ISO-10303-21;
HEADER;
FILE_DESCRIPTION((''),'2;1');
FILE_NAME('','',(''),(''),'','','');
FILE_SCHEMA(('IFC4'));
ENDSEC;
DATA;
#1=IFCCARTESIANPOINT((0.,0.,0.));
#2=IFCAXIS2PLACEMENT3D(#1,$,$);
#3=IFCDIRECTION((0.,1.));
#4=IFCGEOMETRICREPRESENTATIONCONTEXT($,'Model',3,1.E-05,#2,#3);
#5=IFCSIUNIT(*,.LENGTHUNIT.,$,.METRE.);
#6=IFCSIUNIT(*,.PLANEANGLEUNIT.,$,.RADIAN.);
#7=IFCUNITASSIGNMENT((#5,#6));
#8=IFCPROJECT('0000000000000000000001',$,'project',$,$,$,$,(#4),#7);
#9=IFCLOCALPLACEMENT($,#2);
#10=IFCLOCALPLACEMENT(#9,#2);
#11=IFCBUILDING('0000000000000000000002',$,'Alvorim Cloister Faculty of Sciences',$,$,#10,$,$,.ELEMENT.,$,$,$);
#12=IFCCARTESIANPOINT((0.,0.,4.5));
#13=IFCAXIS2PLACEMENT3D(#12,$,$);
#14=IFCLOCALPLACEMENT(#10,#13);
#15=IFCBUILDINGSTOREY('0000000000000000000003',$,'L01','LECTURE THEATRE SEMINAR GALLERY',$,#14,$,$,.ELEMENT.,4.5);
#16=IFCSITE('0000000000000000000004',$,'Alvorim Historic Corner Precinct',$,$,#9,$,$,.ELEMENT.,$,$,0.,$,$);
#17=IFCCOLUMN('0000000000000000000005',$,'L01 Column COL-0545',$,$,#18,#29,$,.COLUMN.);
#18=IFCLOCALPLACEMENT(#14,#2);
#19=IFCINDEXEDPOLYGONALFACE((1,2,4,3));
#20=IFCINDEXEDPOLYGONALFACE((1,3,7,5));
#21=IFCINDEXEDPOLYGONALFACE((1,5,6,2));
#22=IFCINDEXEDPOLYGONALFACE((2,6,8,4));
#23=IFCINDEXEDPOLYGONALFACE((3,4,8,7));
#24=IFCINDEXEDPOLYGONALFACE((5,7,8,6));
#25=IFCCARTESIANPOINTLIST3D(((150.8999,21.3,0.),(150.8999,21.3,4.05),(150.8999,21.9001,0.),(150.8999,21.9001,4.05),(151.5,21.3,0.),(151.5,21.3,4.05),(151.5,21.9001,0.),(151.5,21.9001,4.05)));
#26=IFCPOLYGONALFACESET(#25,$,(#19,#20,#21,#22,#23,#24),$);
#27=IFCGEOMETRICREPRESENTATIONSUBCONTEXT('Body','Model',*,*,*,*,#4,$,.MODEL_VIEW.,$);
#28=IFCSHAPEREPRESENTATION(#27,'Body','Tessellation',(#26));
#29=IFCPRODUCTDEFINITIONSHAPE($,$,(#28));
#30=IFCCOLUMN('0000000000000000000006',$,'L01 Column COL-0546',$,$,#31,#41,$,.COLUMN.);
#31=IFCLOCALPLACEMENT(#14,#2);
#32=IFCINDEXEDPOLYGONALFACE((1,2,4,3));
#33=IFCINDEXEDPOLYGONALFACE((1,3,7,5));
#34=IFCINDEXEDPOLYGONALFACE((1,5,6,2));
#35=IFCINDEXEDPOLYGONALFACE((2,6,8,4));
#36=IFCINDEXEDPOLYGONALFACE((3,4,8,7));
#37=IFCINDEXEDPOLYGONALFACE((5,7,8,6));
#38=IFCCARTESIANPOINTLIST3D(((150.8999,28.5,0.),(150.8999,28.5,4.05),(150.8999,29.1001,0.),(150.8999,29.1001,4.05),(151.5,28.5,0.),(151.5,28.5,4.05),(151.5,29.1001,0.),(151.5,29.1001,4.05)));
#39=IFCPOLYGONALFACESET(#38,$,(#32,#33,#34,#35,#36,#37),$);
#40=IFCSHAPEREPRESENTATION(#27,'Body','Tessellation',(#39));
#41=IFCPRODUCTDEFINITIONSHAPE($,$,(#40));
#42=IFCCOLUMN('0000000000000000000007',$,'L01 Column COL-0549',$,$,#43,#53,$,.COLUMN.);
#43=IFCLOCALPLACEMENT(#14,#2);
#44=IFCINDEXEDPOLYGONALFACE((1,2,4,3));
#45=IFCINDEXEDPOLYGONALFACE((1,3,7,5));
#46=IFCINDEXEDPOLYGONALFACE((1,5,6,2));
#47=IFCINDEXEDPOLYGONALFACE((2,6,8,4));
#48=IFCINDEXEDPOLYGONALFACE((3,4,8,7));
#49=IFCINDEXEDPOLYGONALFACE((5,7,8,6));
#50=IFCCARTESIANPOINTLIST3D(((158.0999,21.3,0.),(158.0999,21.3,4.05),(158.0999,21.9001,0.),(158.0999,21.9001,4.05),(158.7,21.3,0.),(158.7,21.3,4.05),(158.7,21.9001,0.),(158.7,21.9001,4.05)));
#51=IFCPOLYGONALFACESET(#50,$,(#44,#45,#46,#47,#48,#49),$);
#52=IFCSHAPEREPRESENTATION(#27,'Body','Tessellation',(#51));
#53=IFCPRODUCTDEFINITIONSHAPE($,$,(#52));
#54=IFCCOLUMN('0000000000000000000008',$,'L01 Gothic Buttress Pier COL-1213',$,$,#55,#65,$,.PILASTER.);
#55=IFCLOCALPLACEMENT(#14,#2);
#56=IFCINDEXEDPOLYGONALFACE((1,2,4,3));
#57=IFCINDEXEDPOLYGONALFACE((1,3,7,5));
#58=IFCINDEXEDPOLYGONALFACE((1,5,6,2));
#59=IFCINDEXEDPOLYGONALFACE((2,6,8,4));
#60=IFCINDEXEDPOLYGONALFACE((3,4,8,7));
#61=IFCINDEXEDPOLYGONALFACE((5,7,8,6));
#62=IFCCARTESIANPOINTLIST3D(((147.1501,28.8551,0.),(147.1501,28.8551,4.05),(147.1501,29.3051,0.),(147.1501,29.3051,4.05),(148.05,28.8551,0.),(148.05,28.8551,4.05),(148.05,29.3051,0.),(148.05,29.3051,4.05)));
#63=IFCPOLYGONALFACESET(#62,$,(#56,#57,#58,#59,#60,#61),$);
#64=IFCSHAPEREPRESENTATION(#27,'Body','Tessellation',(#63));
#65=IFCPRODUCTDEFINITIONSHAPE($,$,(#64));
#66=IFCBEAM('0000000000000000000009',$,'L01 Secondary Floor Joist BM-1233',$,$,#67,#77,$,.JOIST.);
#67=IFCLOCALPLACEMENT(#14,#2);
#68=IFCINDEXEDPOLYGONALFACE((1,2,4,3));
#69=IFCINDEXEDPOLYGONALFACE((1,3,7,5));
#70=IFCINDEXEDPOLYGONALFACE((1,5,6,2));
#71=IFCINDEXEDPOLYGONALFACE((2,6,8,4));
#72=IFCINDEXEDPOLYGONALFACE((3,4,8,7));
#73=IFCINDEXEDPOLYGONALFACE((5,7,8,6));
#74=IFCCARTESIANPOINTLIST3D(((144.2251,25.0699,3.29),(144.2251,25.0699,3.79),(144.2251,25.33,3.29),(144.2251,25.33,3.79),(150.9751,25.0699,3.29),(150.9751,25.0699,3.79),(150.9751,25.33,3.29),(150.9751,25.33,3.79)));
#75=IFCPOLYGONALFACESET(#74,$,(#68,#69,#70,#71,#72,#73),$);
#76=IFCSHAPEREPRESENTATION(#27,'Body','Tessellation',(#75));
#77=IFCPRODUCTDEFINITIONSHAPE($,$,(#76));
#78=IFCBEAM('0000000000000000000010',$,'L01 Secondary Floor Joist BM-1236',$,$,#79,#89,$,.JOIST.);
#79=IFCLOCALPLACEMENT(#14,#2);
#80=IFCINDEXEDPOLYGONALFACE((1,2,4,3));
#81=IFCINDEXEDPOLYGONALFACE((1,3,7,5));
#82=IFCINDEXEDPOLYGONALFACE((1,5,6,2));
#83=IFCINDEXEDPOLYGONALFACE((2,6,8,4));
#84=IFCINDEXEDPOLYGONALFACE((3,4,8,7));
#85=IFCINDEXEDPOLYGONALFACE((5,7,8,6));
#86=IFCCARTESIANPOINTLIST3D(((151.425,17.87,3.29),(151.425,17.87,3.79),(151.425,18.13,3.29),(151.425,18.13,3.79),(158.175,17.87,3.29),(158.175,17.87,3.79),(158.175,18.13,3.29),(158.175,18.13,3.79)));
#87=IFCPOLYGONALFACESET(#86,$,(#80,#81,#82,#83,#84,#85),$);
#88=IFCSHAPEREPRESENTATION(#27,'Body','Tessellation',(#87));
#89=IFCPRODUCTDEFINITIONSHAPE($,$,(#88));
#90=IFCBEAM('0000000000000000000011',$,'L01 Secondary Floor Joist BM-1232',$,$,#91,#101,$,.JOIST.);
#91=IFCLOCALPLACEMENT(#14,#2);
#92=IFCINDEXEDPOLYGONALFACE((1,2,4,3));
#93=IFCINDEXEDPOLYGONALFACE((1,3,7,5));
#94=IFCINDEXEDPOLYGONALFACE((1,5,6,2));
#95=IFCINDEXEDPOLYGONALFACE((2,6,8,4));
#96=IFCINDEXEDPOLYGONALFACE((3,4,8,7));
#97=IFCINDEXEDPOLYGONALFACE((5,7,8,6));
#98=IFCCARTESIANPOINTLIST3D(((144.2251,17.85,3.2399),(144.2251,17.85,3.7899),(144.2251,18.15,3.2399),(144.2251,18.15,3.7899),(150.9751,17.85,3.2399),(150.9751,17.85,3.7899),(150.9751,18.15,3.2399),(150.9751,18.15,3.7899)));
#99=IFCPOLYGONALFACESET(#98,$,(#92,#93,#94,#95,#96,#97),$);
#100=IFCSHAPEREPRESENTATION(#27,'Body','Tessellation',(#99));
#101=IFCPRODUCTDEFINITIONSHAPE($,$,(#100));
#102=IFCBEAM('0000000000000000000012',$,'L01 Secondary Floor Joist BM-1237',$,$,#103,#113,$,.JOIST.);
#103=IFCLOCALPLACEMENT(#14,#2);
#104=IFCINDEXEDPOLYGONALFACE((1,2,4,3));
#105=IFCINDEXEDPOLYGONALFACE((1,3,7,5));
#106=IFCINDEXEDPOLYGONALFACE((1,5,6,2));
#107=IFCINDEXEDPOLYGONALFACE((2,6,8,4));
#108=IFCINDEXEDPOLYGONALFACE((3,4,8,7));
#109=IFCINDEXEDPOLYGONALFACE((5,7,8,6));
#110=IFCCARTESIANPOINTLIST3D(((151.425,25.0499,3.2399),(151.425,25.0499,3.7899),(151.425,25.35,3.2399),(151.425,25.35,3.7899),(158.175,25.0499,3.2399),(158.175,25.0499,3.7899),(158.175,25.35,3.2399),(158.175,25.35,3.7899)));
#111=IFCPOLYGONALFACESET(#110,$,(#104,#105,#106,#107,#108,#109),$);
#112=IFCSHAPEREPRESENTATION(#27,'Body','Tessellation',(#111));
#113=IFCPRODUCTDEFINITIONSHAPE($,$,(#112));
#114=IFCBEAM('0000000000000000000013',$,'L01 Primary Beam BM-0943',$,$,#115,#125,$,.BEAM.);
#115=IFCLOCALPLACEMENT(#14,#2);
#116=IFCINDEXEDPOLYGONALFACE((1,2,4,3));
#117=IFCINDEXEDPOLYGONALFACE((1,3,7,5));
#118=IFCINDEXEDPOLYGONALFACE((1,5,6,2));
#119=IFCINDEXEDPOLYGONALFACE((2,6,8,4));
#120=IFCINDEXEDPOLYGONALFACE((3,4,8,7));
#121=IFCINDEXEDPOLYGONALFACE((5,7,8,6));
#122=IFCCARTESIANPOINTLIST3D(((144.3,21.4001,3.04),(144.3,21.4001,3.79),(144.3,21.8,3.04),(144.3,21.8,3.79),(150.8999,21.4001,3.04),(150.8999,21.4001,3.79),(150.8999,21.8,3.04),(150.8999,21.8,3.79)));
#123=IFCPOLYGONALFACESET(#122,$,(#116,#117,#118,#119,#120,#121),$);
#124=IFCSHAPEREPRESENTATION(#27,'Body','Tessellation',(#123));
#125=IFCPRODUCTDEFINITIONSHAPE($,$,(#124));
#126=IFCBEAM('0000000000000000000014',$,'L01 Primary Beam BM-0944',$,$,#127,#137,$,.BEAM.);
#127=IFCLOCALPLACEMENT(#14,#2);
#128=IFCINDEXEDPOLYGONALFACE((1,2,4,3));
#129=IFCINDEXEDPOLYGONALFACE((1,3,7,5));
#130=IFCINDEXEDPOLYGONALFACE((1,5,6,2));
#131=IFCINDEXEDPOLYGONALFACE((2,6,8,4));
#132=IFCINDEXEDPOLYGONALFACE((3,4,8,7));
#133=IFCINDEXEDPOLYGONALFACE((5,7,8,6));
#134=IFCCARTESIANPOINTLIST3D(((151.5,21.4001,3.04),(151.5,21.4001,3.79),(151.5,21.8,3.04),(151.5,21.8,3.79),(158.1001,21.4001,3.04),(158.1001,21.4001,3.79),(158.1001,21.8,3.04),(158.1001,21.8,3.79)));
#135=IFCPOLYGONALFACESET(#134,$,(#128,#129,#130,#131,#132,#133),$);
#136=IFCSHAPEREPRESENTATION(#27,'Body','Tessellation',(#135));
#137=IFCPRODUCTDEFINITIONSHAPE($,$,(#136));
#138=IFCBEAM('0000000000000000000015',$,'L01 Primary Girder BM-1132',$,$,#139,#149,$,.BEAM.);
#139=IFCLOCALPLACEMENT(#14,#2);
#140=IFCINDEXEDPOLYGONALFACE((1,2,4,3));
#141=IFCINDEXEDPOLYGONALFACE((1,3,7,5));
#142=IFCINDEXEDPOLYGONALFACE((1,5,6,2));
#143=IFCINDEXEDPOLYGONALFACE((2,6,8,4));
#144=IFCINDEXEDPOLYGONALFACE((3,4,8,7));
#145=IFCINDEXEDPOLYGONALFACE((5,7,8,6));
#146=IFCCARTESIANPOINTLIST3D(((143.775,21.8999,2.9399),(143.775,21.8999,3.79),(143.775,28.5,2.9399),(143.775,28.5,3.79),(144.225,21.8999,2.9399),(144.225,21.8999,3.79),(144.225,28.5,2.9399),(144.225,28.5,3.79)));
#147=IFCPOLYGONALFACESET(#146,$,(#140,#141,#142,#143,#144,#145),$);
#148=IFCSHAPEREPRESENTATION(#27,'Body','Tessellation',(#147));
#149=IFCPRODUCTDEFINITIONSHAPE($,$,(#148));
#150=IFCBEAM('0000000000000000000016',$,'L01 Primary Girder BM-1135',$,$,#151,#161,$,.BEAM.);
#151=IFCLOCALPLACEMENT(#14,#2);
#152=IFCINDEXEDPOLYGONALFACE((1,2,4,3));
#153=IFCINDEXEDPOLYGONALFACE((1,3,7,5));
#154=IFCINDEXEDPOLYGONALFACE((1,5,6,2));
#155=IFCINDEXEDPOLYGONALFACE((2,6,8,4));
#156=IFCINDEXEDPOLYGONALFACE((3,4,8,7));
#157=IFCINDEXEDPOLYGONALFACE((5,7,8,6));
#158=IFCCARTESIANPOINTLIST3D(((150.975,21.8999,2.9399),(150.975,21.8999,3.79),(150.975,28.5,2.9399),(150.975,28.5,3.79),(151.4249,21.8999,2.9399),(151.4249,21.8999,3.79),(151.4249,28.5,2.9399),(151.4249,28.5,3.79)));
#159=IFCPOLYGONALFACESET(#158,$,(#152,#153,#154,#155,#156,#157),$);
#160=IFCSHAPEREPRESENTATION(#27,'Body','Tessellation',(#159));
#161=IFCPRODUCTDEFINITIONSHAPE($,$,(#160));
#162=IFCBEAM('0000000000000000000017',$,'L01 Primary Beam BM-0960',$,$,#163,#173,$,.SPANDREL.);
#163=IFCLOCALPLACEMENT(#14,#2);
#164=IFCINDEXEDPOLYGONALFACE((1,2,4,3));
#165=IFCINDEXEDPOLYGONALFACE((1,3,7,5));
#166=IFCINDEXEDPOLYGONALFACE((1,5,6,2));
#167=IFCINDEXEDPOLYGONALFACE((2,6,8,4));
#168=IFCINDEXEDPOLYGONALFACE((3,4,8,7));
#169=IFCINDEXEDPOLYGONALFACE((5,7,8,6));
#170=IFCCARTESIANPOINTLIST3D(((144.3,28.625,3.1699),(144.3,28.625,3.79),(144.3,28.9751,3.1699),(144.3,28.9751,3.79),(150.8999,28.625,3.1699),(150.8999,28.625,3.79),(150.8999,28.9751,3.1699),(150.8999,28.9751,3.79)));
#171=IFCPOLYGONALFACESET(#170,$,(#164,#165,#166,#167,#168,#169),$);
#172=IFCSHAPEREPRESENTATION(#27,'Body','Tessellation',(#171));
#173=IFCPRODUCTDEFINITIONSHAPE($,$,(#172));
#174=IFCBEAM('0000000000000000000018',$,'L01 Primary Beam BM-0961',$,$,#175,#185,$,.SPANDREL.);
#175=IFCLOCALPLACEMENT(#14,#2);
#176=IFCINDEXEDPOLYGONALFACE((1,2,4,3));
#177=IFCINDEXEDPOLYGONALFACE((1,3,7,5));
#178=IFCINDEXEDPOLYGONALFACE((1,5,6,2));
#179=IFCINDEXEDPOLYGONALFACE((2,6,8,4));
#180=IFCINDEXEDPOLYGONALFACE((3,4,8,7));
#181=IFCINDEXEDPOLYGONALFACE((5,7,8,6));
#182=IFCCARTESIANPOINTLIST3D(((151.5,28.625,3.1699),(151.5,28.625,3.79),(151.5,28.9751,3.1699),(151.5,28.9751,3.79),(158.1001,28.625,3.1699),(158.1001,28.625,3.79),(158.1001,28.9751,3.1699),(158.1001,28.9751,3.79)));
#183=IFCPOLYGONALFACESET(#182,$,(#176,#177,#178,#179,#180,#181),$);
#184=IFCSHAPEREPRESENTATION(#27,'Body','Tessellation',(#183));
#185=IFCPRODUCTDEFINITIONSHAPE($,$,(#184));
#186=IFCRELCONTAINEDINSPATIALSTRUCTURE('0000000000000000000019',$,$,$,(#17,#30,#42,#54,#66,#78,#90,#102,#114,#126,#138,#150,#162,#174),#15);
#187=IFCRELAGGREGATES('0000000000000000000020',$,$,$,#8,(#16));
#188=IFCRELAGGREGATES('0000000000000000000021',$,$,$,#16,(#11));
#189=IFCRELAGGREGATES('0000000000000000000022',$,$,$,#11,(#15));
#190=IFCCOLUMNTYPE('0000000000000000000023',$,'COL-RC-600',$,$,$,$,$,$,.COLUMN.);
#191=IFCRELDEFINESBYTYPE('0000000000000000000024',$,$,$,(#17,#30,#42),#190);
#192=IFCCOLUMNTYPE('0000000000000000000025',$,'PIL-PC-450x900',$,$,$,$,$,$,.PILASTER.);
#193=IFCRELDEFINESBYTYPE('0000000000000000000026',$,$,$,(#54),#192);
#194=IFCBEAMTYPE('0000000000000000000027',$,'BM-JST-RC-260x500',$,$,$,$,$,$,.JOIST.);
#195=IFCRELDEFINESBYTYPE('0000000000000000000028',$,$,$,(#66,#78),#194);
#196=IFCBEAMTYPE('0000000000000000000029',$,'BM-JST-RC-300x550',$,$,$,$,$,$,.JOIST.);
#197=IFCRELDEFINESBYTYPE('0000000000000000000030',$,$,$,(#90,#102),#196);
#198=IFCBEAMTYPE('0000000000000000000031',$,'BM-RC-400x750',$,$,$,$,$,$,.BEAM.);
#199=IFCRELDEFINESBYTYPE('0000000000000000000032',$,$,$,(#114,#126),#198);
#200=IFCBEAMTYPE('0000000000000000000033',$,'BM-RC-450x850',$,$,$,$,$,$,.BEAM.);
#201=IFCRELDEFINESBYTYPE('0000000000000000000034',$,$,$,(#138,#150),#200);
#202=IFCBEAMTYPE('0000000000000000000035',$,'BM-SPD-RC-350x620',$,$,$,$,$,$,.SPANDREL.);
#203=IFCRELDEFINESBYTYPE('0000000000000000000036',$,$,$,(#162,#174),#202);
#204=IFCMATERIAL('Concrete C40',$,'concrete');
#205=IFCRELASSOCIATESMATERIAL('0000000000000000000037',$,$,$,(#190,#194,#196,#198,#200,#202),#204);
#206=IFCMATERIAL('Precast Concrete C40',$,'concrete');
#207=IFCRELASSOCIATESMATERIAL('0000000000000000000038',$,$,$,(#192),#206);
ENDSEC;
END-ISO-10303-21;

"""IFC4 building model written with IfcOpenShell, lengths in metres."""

from ifc_helpers import new_model, si_unit, direction, frame, origin, origin_2d, place, context, subcontext, project, spatial, rectangle, extrude, material, material_profile, profile_set, type_object, element, save


model = new_model("IFC4")

# Units and contexts
model_context = context("Model", 3, precision=1e-05, world=origin(), true_north=direction((0.0, 1.0)))
body_context = subcontext(model_context, "Body", "Model", "MODEL_VIEW")
ifc_project = project(units=[si_unit("LENGTHUNIT", "METRE"), si_unit("PLANEANGLEUNIT", "RADIAN")], contexts=[model_context])

# Site, building, storey
site_placement = place(None, origin())
site = spatial("IfcSite", under=ifc_project, at=site_placement, Name="Alvorim Historic Corner Precinct", CompositionType="ELEMENT", RefElevation=0.0)
building_placement = place(site_placement, origin())
building = spatial("IfcBuilding", under=site, at=building_placement, Name="Alvorim Cloister Faculty of Sciences", CompositionType="ELEMENT")
storey_placement = place(building_placement, frame((0.0, 0.0, 4.5)))
storey = spatial("IfcBuildingStorey", under=building, at=storey_placement, Name="L01", Description="LECTURE THEATRE SEMINAR GALLERY", CompositionType="ELEMENT", Elevation=4.5)

# Columns
ifc_material_1 = material(Name="Concrete C40", Category="concrete")
ifc_material_profile_1 = material_profile(ifc_material_1, rectangle(XDim=0.6001, YDim=0.6001, at=origin_2d()), Name="RC40-COL-600x600")
ifc_profile_set_1 = profile_set([ifc_material_profile_1], Name="Concrete C40")
column_type_1 = type_object("IfcColumnType", Name="COL-RC-600", PredefinedType="COLUMN", material=ifc_profile_set_1)
for number, where, z_axis, x_axis, name in (
    (1, (151.2, 21.6001, 0.0), (0.0, 0.0, 1.0), (1.0, 0.0, 0.0), "L01 Column COL-0545"),
    (2, (151.2, 28.8, 0.0), (0.0, 0.0, 1.0), (1.0, 0.0, 0.0), "L01 Column COL-0546"),
    (3, (158.3999, 21.6001, 0.0), (0.0, 0.0, 1.0), (1.0, 0.0, 0.0), "L01 Column COL-0549"),
):
    element("IfcColumn", number, at=place(storey_placement, frame(where, z_axis=z_axis, x_axis=x_axis)), inside=storey, type_object=column_type_1, Name=name, PredefinedType="COLUMN", context=body_context, shape_type="SweptSolid", body=[
        extrude(rectangle(XDim=0.6001, YDim=0.6001, at=origin_2d()), origin(), (0.0, 0.0, 1.0), 4.05),
    ])
ifc_material_2 = material(Name="Precast Concrete C40", Category="concrete")
ifc_material_profile_2 = material_profile(ifc_material_2, rectangle(XDim=0.45, YDim=0.8999, at=origin_2d()), Name="RC40-PIL-450x900")
ifc_profile_set_2 = profile_set([ifc_material_profile_2], Name="Precast Concrete C40")
column_type_2 = type_object("IfcColumnType", Name="PIL-PC-450x900", PredefinedType="PILASTER", material=ifc_profile_set_2)
column_placement = place(storey_placement, frame((147.6001, 29.0801, 0.0), z_axis=(0.0, 0.0, 1.0), x_axis=(0.0, 1.0, 0.0)))
element("IfcColumn", 4, at=column_placement, inside=storey, type_object=column_type_2, Name="L01 Gothic Buttress Pier COL-1213", PredefinedType="PILASTER", context=body_context, shape_type="SweptSolid", body=[
    extrude(rectangle(XDim=0.45, YDim=0.8999, at=origin_2d()), origin(), (0.0, 0.0, 1.0), 4.05),
])

# Beams
ifc_material_profile_3 = material_profile(ifc_material_1, rectangle(XDim=0.26, YDim=0.5, at=origin_2d()), Name="RC40-JST-260x500")
ifc_profile_set_3 = profile_set([ifc_material_profile_3], Name="Concrete C40")
beam_type_1 = type_object("IfcBeamType", Name="BM-JST-RC-260x500", PredefinedType="JOIST", material=ifc_profile_set_3)
for number, where, z_axis, x_axis, name in (
    (5, (144.2251, 25.2, 3.54), (1.0, 0.0, 0.0), (0.0, 1.0, 0.0), "L01 Secondary Floor Joist BM-1233"),
    (6, (151.425, 18.0, 3.54), (1.0, 0.0, 0.0), (0.0, 1.0, 0.0), "L01 Secondary Floor Joist BM-1236"),
):
    element("IfcBeam", number, at=place(storey_placement, frame(where, z_axis=z_axis, x_axis=x_axis)), inside=storey, type_object=beam_type_1, Name=name, PredefinedType="JOIST", context=body_context, shape_type="SweptSolid", body=[
        extrude(rectangle(XDim=0.26, YDim=0.5, at=origin_2d()), origin(), (0.0, 0.0, 1.0), 6.75),
    ])
ifc_material_profile_4 = material_profile(ifc_material_1, rectangle(XDim=0.3, YDim=0.55, at=origin_2d()), Name="RC40-JST-300x550")
ifc_profile_set_4 = profile_set([ifc_material_profile_4], Name="Concrete C40")
beam_type_2 = type_object("IfcBeamType", Name="BM-JST-RC-300x550", PredefinedType="JOIST", material=ifc_profile_set_4)
for number, where, z_axis, x_axis, name in (
    (7, (144.2251, 18.0, 3.5149), (1.0, 0.0, 0.0), (0.0, 1.0, 0.0), "L01 Secondary Floor Joist BM-1232"),
    (8, (151.425, 25.2, 3.5149), (1.0, 0.0, 0.0), (0.0, 1.0, 0.0), "L01 Secondary Floor Joist BM-1237"),
):
    element("IfcBeam", number, at=place(storey_placement, frame(where, z_axis=z_axis, x_axis=x_axis)), inside=storey, type_object=beam_type_2, Name=name, PredefinedType="JOIST", context=body_context, shape_type="SweptSolid", body=[
        extrude(rectangle(XDim=0.3, YDim=0.55, at=origin_2d()), origin(), (0.0, 0.0, 1.0), 6.75),
    ])
ifc_material_profile_5 = material_profile(ifc_material_1, rectangle(XDim=0.3999, YDim=0.75, at=origin_2d()), Name="RC40-BM-400x750")
ifc_profile_set_5 = profile_set([ifc_material_profile_5], Name="Concrete C40")
beam_type_3 = type_object("IfcBeamType", Name="BM-RC-400x750", PredefinedType="BEAM", material=ifc_profile_set_5)
beam_1_placement = place(storey_placement, frame((144.3, 21.6001, 3.415), z_axis=(1.0, 0.0, 0.0), x_axis=(0.0, 1.0, 0.0)))
element("IfcBeam", 9, at=beam_1_placement, inside=storey, type_object=beam_type_3, Name="L01 Primary Beam BM-0943", PredefinedType="BEAM", context=body_context, shape_type="SweptSolid", body=[
    extrude(rectangle(XDim=0.3999, YDim=0.75, at=origin_2d()), origin(), (0.0, 0.0, 1.0), 6.5999),
])
beam_2_placement = place(storey_placement, frame((151.5, 21.6001, 3.415), z_axis=(1.0, 0.0, 0.0), x_axis=(0.0, 1.0, 0.0)))
element("IfcBeam", 10, at=beam_2_placement, inside=storey, type_object=beam_type_3, Name="L01 Primary Beam BM-0944", PredefinedType="BEAM", context=body_context, shape_type="SweptSolid", body=[
    extrude(rectangle(XDim=0.3999, YDim=0.75, at=origin_2d()), origin(), (0.0, 0.0, 1.0), 6.6001),
])
ifc_material_profile_6 = material_profile(ifc_material_1, rectangle(XDim=0.45, YDim=0.8501, at=origin_2d()), Name="RC40-BM-450x850")
ifc_profile_set_6 = profile_set([ifc_material_profile_6], Name="Concrete C40")
beam_type_4 = type_object("IfcBeamType", Name="BM-RC-450x850", PredefinedType="BEAM", material=ifc_profile_set_6)
for number, where, z_axis, x_axis, name in (
    (11, (144.0, 21.8999, 3.365), (0.0, 1.0, 0.0), (-1.0, 0.0, 0.0), "L01 Primary Girder BM-1132"),
    (12, (151.2, 21.8999, 3.365), (0.0, 1.0, 0.0), (-1.0, 0.0, 0.0), "L01 Primary Girder BM-1135"),
):
    element("IfcBeam", number, at=place(storey_placement, frame(where, z_axis=z_axis, x_axis=x_axis)), inside=storey, type_object=beam_type_4, Name=name, PredefinedType="BEAM", context=body_context, shape_type="SweptSolid", body=[
        extrude(rectangle(XDim=0.45, YDim=0.8501, at=origin_2d()), origin(), (0.0, 0.0, 1.0), 6.6001),
    ])
ifc_material_profile_7 = material_profile(ifc_material_1, rectangle(XDim=0.3501, YDim=0.6201, at=origin_2d()), Name="RC40-SPD-350x620")
ifc_profile_set_7 = profile_set([ifc_material_profile_7], Name="Concrete C40")
beam_type_5 = type_object("IfcBeamType", Name="BM-SPD-RC-350x620", PredefinedType="SPANDREL", material=ifc_profile_set_7)
beam_3_placement = place(storey_placement, frame((144.3, 28.8, 3.48), z_axis=(1.0, 0.0, 0.0), x_axis=(0.0, 1.0, 0.0)))
element("IfcBeam", 13, at=beam_3_placement, inside=storey, type_object=beam_type_5, Name="L01 Primary Beam BM-0960", PredefinedType="SPANDREL", context=body_context, shape_type="SweptSolid", body=[
    extrude(rectangle(XDim=0.3501, YDim=0.6201, at=origin_2d()), origin(), (0.0, 0.0, 1.0), 6.5999),
])
beam_4_placement = place(storey_placement, frame((151.5, 28.8, 3.48), z_axis=(1.0, 0.0, 0.0), x_axis=(0.0, 1.0, 0.0)))
element("IfcBeam", 14, at=beam_4_placement, inside=storey, type_object=beam_type_5, Name="L01 Primary Beam BM-0961", PredefinedType="SPANDREL", context=body_context, shape_type="SweptSolid", body=[
    extrude(rectangle(XDim=0.3501, YDim=0.6201, at=origin_2d()), origin(), (0.0, 0.0, 1.0), 6.6001),
])

save(model, "model.ifc")
